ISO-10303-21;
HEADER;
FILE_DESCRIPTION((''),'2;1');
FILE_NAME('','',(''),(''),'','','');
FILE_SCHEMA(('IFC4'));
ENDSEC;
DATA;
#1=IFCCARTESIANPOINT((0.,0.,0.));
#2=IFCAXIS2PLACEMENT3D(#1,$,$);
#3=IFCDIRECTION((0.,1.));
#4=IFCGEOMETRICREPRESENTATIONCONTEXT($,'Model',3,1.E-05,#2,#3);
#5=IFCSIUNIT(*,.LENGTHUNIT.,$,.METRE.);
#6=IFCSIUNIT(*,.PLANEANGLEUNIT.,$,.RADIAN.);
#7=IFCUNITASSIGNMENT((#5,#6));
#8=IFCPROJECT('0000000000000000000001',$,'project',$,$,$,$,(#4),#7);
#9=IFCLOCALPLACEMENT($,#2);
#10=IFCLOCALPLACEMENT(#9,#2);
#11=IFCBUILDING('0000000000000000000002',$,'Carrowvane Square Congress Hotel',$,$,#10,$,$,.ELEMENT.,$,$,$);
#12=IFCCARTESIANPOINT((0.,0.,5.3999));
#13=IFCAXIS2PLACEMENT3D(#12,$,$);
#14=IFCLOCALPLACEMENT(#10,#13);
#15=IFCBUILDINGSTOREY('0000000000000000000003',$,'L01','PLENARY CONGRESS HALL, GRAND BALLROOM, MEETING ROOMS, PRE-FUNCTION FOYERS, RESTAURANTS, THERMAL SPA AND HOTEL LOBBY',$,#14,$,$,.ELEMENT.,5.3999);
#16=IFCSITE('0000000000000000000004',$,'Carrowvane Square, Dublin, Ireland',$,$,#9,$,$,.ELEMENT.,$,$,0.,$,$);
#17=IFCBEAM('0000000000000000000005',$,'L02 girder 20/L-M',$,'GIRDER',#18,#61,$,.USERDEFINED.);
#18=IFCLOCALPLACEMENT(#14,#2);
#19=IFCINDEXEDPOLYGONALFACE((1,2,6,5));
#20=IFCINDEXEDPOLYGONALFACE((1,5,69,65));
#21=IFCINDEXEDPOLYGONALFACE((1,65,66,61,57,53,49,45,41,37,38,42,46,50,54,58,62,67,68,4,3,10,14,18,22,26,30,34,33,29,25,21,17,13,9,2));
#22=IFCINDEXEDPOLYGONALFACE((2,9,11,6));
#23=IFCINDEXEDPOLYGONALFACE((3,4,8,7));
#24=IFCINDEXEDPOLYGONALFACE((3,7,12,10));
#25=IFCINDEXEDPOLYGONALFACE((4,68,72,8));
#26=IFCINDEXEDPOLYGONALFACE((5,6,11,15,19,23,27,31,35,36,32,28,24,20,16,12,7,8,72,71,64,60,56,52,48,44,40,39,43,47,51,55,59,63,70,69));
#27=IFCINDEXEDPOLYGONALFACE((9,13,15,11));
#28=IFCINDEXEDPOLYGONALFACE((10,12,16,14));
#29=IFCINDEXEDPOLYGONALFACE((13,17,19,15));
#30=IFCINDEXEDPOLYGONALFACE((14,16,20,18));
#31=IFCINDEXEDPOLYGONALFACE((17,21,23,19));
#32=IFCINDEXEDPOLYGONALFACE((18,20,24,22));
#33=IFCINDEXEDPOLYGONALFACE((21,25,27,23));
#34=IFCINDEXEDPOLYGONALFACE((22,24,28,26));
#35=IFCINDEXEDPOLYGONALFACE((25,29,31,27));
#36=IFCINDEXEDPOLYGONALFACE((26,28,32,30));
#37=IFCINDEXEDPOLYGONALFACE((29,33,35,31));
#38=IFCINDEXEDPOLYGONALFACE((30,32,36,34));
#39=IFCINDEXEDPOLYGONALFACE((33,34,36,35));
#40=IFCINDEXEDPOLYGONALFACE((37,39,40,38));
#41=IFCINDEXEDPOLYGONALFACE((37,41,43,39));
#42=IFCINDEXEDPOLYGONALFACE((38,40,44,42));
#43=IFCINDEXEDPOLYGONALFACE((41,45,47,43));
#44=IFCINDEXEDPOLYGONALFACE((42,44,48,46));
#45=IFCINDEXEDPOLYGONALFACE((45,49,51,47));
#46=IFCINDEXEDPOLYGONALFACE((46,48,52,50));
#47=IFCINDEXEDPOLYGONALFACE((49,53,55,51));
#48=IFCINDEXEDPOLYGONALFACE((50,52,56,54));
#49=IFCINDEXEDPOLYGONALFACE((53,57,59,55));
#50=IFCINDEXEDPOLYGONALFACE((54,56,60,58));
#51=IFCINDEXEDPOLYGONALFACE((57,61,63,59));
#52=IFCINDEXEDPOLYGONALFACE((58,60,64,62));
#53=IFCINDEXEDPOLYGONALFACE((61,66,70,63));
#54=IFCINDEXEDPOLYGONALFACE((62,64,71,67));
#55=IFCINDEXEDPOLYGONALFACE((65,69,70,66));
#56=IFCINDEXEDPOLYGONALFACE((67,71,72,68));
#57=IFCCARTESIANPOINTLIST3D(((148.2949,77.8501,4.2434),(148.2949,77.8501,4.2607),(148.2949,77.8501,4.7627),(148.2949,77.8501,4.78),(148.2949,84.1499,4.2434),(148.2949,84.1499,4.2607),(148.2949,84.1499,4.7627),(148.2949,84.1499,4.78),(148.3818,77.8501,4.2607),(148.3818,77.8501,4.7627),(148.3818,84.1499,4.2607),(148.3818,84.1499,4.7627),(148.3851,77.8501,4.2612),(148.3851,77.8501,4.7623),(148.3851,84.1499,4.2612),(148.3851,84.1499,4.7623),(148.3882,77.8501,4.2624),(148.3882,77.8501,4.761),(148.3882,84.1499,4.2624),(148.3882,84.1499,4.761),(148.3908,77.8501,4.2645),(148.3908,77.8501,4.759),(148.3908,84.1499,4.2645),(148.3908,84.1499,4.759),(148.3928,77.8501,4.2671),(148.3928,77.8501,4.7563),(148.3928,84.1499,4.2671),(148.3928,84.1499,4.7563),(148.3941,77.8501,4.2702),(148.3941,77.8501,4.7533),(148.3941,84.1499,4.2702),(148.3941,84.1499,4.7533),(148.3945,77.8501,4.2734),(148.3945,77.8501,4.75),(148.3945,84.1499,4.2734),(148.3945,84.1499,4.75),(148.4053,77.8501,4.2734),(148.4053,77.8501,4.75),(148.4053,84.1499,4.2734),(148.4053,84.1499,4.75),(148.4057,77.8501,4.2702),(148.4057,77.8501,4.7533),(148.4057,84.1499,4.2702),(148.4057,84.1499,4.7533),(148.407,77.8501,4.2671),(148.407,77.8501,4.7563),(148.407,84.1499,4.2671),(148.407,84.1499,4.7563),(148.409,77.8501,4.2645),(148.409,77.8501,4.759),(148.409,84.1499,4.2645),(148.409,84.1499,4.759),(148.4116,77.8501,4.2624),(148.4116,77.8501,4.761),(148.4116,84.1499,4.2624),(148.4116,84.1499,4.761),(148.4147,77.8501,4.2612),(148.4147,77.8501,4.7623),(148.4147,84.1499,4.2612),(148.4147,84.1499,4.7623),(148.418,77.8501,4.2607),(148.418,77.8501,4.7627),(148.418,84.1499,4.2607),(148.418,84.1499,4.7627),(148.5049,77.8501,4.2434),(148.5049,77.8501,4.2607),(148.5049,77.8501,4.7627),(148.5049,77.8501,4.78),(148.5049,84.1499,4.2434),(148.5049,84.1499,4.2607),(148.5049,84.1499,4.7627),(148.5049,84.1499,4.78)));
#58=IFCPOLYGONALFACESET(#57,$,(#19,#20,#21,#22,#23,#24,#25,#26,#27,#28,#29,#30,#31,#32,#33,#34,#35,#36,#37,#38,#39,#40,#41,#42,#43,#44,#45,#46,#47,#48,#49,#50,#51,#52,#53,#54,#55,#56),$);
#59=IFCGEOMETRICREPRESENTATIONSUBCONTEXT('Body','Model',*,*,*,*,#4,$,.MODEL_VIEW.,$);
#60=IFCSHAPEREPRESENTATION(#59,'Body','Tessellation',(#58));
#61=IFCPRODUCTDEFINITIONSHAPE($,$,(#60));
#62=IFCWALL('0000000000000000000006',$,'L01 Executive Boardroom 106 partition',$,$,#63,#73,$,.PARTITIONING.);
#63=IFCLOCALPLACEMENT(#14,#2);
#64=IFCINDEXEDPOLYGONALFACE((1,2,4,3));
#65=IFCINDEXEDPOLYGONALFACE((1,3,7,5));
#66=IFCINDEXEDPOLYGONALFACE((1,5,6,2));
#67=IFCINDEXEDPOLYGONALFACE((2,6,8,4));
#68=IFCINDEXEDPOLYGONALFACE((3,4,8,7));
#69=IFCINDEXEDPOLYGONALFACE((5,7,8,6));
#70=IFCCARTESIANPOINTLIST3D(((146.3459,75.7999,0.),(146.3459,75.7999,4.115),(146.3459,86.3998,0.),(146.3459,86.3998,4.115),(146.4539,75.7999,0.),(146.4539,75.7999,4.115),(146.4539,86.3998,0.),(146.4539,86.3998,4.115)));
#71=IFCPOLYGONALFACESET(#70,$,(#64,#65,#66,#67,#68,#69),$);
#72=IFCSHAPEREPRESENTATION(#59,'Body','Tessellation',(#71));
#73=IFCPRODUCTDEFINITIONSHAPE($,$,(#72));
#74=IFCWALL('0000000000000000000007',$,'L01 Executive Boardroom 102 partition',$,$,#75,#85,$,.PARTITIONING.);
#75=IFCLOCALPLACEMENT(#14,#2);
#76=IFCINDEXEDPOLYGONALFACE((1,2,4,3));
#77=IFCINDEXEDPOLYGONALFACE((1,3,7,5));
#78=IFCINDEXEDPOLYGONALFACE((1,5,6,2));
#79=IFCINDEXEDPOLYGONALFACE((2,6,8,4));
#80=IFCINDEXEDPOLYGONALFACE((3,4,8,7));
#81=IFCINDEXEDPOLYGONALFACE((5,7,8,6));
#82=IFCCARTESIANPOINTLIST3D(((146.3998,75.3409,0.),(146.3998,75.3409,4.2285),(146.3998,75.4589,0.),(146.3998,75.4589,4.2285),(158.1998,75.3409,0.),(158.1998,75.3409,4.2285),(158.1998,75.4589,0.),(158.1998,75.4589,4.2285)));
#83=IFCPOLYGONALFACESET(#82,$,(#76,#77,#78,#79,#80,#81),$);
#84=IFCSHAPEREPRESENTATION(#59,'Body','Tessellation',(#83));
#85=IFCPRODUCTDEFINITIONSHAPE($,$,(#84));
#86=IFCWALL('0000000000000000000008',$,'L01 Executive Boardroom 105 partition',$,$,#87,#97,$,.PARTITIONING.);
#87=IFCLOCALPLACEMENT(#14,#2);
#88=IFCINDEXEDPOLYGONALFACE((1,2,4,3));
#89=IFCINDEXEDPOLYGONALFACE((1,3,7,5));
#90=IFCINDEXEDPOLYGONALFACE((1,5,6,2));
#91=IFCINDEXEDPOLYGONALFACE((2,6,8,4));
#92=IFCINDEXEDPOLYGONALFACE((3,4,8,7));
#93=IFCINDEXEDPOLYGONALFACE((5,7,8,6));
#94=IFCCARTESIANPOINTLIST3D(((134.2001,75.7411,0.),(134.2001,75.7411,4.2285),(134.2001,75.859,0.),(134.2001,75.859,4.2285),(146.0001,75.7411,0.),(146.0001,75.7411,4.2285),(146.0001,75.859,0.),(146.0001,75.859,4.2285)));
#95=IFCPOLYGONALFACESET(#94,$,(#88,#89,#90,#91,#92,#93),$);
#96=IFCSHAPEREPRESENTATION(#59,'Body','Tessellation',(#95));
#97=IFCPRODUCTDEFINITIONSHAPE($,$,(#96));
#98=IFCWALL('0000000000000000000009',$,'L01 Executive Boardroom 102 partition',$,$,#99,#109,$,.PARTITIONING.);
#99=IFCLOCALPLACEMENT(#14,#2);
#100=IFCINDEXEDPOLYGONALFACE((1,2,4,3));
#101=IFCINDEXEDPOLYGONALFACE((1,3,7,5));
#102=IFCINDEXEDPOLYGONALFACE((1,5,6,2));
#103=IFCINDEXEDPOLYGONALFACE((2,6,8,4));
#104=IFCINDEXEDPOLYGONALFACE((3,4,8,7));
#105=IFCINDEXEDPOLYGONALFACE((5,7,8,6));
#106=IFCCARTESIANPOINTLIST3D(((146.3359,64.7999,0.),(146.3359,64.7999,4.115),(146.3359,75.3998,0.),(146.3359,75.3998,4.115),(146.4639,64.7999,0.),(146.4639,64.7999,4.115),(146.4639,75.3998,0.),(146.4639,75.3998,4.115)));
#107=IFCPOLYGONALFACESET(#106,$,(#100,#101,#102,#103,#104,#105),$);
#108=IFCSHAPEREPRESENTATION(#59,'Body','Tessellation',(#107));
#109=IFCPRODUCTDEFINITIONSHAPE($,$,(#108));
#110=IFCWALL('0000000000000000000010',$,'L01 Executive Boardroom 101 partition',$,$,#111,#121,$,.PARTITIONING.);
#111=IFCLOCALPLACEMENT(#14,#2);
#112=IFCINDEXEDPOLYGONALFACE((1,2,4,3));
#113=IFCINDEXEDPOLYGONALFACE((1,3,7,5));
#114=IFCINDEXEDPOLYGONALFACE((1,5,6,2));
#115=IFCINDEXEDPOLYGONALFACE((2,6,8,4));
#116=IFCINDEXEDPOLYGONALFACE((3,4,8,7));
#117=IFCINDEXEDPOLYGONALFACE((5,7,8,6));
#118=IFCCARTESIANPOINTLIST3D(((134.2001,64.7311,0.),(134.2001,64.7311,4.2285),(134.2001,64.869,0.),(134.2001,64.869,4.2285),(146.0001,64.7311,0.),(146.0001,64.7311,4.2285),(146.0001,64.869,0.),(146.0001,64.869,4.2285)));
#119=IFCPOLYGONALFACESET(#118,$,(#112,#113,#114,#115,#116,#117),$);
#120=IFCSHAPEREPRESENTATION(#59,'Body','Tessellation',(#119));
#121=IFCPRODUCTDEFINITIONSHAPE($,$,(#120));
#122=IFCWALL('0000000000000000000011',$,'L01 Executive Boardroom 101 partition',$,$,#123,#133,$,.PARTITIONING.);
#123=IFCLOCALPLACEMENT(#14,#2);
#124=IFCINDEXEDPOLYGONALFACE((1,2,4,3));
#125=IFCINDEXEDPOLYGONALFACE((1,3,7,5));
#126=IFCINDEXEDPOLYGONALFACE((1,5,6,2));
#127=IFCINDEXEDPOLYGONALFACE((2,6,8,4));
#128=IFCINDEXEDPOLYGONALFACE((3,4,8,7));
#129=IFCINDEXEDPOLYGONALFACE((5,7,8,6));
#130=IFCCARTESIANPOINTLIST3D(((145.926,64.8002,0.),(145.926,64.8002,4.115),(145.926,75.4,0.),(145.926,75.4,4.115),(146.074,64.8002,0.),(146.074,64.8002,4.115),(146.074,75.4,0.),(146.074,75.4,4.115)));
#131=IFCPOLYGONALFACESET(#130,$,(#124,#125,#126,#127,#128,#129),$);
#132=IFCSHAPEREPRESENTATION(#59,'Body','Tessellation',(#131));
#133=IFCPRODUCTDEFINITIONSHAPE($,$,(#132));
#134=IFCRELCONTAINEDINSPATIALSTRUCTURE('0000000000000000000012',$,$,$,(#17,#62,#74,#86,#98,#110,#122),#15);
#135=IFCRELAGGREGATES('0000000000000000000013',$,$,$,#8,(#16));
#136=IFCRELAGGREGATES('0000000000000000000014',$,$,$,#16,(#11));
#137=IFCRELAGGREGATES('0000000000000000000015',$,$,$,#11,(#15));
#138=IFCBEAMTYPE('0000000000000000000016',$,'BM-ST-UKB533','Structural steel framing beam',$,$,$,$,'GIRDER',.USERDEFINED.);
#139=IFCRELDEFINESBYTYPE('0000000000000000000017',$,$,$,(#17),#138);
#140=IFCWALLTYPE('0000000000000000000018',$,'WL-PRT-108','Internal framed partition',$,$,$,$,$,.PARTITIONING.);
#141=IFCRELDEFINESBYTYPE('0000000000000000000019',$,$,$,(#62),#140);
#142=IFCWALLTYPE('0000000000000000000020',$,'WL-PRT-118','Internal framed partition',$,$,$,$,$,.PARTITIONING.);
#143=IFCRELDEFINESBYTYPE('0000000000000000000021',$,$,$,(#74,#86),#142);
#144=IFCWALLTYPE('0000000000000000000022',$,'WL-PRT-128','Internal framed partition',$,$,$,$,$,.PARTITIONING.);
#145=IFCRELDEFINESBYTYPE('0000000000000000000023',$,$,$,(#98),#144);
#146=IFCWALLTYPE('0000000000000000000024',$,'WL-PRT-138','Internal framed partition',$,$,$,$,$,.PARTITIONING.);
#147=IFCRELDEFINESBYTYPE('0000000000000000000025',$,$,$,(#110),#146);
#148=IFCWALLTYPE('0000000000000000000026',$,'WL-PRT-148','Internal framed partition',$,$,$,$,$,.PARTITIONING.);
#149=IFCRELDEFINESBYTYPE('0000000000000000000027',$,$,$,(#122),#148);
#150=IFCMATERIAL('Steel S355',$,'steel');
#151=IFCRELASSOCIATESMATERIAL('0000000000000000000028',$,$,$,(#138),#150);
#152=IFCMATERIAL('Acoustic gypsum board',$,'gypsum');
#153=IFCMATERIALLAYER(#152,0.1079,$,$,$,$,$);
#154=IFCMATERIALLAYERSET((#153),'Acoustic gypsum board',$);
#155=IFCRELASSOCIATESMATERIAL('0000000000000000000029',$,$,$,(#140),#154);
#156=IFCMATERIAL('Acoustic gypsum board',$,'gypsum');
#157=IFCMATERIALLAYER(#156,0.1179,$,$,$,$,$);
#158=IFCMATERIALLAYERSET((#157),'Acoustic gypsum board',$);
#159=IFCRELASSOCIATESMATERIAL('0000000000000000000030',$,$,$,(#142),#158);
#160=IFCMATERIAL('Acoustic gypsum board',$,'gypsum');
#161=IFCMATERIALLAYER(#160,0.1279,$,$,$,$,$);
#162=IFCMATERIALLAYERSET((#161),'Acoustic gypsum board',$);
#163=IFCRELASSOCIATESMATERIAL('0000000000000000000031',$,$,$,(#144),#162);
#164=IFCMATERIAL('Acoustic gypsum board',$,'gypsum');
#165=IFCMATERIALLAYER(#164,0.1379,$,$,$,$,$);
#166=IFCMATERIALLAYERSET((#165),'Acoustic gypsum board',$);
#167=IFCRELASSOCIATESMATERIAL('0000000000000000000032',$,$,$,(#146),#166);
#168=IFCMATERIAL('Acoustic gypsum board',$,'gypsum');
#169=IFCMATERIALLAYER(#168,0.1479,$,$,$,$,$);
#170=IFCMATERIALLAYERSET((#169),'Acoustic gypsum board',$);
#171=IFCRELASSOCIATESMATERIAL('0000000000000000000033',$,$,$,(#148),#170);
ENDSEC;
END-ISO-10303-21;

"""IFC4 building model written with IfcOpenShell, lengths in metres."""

from ifc_helpers import new_model, si_unit, direction, frame, frame_2d, origin, origin_2d, place, context, subcontext, project, spatial, rectangle, i_section, extrude, material, layer, layer_set, material_profile, profile_set, type_object, element, save


model = new_model("IFC4")

# Units and contexts
model_context = context("Model", 3, precision=1e-05, world=origin(), true_north=direction((0.0, 1.0)))
body_context = subcontext(model_context, "Body", "Model", "MODEL_VIEW")
ifc_project = project(units=[si_unit("LENGTHUNIT", "METRE"), si_unit("PLANEANGLEUNIT", "RADIAN")], contexts=[model_context])

# Site, building, storey
site_placement = place(None, origin())
site = spatial("IfcSite", under=ifc_project, at=site_placement, Name="Carrowvane Square, Dublin, Ireland", CompositionType="ELEMENT", RefElevation=0.0)
building_placement = place(site_placement, origin())
building = spatial("IfcBuilding", under=site, at=building_placement, Name="Carrowvane Square Congress Hotel", CompositionType="ELEMENT")
storey_placement = place(building_placement, frame((0.0, 0.0, 5.3999)))
storey = spatial("IfcBuildingStorey", under=building, at=storey_placement, Name="L01", Description="PLENARY CONGRESS HALL, GRAND BALLROOM, MEETING ROOMS, PRE-FUNCTION FOYERS, RESTAURANTS, THERMAL SPA AND HOTEL LOBBY", CompositionType="ELEMENT", Elevation=5.3999)

# Beam
ifc_material_1 = material(Name="Steel S355", Category="steel")
ifc_material_profile_1 = material_profile(ifc_material_1, i_section(OverallWidth=0.21, OverallDepth=0.5366, WebThickness=0.0107, FlangeThickness=0.0173, FilletRadius=0.0127, at=origin_2d()), Name="UKB 533x210x101")
ifc_profile_set_1 = profile_set([ifc_material_profile_1], Name="Steel S355")
beam_type_1 = type_object("IfcBeamType", Name="BM-ST-UKB533", Description="Structural steel framing beam", ElementType="GIRDER", PredefinedType="USERDEFINED", material=ifc_profile_set_1)
beam_1_placement = place(storey_placement, frame((148.3999, 77.8501, 4.5117), z_axis=(0.0, 1.0, 0.0), x_axis=(-1.0, 0.0, 0.0)))
element("IfcBeam", 1, at=beam_1_placement, inside=storey, type_object=beam_type_1, Name="L02 girder 20/L-M", ObjectType="GIRDER", PredefinedType="USERDEFINED", context=body_context, shape_type="SweptSolid", body=[
    extrude(i_section(OverallWidth=0.21, OverallDepth=0.5366, WebThickness=0.0107, FlangeThickness=0.0173, FilletRadius=0.0127, at=origin_2d()), origin(), (0.0, 0.0, 1.0), 6.2998),
])

# Walls
ifc_material_2 = material(Name="Acoustic gypsum board", Category="gypsum")
ifc_layer_1 = layer(ifc_material_2, 0.1079)
ifc_layer_set_1 = layer_set([ifc_layer_1], Name="Acoustic gypsum board")
wall_type_1 = type_object("IfcWallType", Name="WL-PRT-108", Description="Internal framed partition", PredefinedType="PARTITIONING", material=ifc_layer_set_1)
wall_1_placement = place(storey_placement, frame((146.3999, 75.8, 0.0), z_axis=(0.0, 0.0, 1.0), x_axis=(0.0, 1.0, 0.0)))
element("IfcWall", 2, at=wall_1_placement, inside=storey, type_object=wall_type_1, Name="L01 Executive Boardroom 106 partition", PredefinedType="PARTITIONING", context=body_context, shape_type="SweptSolid", body=[
    extrude(rectangle(XDim=10.5999, YDim=0.1079, at=frame_2d((5.2998, 0.0))), origin(), (0.0, 0.0, 1.0), 4.115),
])
ifc_material_3 = material(Name="Acoustic gypsum board", Category="gypsum")
ifc_layer_2 = layer(ifc_material_3, 0.1179)
ifc_layer_set_2 = layer_set([ifc_layer_2], Name="Acoustic gypsum board")
wall_type_2 = type_object("IfcWallType", Name="WL-PRT-118", Description="Internal framed partition", PredefinedType="PARTITIONING", material=ifc_layer_set_2)
for number, where, z_axis, x_axis, name in (
    (3, (146.3999, 75.3999, 0.0), (0.0, 0.0, 1.0), (1.0, 0.0, 0.0), "L01 Executive Boardroom 102 partition"),
    (4, (146.0, 75.8, 0.0), (0.0, 0.0, 1.0), (-1.0, 0.0, 0.0), "L01 Executive Boardroom 105 partition"),
):
    element("IfcWall", number, at=place(storey_placement, frame(where, z_axis=z_axis, x_axis=x_axis)), inside=storey, type_object=wall_type_2, Name=name, PredefinedType="PARTITIONING", context=body_context, shape_type="SweptSolid", body=[
        extrude(rectangle(XDim=11.8, YDim=0.1179, at=frame_2d((5.8999, 0.0))), origin(), (0.0, 0.0, 1.0), 4.2285),
    ])
ifc_material_4 = material(Name="Acoustic gypsum board", Category="gypsum")
ifc_layer_3 = layer(ifc_material_4, 0.1279)
ifc_layer_set_3 = layer_set([ifc_layer_3], Name="Acoustic gypsum board")
wall_type_3 = type_object("IfcWallType", Name="WL-PRT-128", Description="Internal framed partition", PredefinedType="PARTITIONING", material=ifc_layer_set_3)
wall_2_placement = place(storey_placement, frame((146.3999, 64.8, 0.0), z_axis=(0.0, 0.0, 1.0), x_axis=(0.0, 1.0, 0.0)))
element("IfcWall", 5, at=wall_2_placement, inside=storey, type_object=wall_type_3, Name="L01 Executive Boardroom 102 partition", PredefinedType="PARTITIONING", context=body_context, shape_type="SweptSolid", body=[
    extrude(rectangle(XDim=10.5999, YDim=0.1279, at=frame_2d((5.2998, 0.0))), origin(), (0.0, 0.0, 1.0), 4.115),
])
ifc_material_5 = material(Name="Acoustic gypsum board", Category="gypsum")
ifc_layer_4 = layer(ifc_material_5, 0.1379)
ifc_layer_set_4 = layer_set([ifc_layer_4], Name="Acoustic gypsum board")
wall_type_4 = type_object("IfcWallType", Name="WL-PRT-138", Description="Internal framed partition", PredefinedType="PARTITIONING", material=ifc_layer_set_4)
wall_3_placement = place(storey_placement, frame((146.0, 64.8, 0.0), z_axis=(0.0, 0.0, 1.0), x_axis=(-1.0, 0.0, 0.0)))
element("IfcWall", 6, at=wall_3_placement, inside=storey, type_object=wall_type_4, Name="L01 Executive Boardroom 101 partition", PredefinedType="PARTITIONING", context=body_context, shape_type="SweptSolid", body=[
    extrude(rectangle(XDim=11.8, YDim=0.1379, at=frame_2d((5.8999, 0.0))), origin(), (0.0, 0.0, 1.0), 4.2285),
])
ifc_material_6 = material(Name="Acoustic gypsum board", Category="gypsum")
ifc_layer_5 = layer(ifc_material_6, 0.1479)
ifc_layer_set_5 = layer_set([ifc_layer_5], Name="Acoustic gypsum board")
wall_type_5 = type_object("IfcWallType", Name="WL-PRT-148", Description="Internal framed partition", PredefinedType="PARTITIONING", material=ifc_layer_set_5)
wall_4_placement = place(storey_placement, frame((146.0, 75.3999, 0.0), z_axis=(0.0, 0.0, 1.0), x_axis=(0.0, -1.0, 0.0)))
element("IfcWall", 7, at=wall_4_placement, inside=storey, type_object=wall_type_5, Name="L01 Executive Boardroom 101 partition", PredefinedType="PARTITIONING", context=body_context, shape_type="SweptSolid", body=[
    extrude(rectangle(XDim=10.5999, YDim=0.1479, at=frame_2d((5.2998, 0.0))), origin(), (0.0, 0.0, 1.0), 4.115),
])

save(model, "model.ifc")
